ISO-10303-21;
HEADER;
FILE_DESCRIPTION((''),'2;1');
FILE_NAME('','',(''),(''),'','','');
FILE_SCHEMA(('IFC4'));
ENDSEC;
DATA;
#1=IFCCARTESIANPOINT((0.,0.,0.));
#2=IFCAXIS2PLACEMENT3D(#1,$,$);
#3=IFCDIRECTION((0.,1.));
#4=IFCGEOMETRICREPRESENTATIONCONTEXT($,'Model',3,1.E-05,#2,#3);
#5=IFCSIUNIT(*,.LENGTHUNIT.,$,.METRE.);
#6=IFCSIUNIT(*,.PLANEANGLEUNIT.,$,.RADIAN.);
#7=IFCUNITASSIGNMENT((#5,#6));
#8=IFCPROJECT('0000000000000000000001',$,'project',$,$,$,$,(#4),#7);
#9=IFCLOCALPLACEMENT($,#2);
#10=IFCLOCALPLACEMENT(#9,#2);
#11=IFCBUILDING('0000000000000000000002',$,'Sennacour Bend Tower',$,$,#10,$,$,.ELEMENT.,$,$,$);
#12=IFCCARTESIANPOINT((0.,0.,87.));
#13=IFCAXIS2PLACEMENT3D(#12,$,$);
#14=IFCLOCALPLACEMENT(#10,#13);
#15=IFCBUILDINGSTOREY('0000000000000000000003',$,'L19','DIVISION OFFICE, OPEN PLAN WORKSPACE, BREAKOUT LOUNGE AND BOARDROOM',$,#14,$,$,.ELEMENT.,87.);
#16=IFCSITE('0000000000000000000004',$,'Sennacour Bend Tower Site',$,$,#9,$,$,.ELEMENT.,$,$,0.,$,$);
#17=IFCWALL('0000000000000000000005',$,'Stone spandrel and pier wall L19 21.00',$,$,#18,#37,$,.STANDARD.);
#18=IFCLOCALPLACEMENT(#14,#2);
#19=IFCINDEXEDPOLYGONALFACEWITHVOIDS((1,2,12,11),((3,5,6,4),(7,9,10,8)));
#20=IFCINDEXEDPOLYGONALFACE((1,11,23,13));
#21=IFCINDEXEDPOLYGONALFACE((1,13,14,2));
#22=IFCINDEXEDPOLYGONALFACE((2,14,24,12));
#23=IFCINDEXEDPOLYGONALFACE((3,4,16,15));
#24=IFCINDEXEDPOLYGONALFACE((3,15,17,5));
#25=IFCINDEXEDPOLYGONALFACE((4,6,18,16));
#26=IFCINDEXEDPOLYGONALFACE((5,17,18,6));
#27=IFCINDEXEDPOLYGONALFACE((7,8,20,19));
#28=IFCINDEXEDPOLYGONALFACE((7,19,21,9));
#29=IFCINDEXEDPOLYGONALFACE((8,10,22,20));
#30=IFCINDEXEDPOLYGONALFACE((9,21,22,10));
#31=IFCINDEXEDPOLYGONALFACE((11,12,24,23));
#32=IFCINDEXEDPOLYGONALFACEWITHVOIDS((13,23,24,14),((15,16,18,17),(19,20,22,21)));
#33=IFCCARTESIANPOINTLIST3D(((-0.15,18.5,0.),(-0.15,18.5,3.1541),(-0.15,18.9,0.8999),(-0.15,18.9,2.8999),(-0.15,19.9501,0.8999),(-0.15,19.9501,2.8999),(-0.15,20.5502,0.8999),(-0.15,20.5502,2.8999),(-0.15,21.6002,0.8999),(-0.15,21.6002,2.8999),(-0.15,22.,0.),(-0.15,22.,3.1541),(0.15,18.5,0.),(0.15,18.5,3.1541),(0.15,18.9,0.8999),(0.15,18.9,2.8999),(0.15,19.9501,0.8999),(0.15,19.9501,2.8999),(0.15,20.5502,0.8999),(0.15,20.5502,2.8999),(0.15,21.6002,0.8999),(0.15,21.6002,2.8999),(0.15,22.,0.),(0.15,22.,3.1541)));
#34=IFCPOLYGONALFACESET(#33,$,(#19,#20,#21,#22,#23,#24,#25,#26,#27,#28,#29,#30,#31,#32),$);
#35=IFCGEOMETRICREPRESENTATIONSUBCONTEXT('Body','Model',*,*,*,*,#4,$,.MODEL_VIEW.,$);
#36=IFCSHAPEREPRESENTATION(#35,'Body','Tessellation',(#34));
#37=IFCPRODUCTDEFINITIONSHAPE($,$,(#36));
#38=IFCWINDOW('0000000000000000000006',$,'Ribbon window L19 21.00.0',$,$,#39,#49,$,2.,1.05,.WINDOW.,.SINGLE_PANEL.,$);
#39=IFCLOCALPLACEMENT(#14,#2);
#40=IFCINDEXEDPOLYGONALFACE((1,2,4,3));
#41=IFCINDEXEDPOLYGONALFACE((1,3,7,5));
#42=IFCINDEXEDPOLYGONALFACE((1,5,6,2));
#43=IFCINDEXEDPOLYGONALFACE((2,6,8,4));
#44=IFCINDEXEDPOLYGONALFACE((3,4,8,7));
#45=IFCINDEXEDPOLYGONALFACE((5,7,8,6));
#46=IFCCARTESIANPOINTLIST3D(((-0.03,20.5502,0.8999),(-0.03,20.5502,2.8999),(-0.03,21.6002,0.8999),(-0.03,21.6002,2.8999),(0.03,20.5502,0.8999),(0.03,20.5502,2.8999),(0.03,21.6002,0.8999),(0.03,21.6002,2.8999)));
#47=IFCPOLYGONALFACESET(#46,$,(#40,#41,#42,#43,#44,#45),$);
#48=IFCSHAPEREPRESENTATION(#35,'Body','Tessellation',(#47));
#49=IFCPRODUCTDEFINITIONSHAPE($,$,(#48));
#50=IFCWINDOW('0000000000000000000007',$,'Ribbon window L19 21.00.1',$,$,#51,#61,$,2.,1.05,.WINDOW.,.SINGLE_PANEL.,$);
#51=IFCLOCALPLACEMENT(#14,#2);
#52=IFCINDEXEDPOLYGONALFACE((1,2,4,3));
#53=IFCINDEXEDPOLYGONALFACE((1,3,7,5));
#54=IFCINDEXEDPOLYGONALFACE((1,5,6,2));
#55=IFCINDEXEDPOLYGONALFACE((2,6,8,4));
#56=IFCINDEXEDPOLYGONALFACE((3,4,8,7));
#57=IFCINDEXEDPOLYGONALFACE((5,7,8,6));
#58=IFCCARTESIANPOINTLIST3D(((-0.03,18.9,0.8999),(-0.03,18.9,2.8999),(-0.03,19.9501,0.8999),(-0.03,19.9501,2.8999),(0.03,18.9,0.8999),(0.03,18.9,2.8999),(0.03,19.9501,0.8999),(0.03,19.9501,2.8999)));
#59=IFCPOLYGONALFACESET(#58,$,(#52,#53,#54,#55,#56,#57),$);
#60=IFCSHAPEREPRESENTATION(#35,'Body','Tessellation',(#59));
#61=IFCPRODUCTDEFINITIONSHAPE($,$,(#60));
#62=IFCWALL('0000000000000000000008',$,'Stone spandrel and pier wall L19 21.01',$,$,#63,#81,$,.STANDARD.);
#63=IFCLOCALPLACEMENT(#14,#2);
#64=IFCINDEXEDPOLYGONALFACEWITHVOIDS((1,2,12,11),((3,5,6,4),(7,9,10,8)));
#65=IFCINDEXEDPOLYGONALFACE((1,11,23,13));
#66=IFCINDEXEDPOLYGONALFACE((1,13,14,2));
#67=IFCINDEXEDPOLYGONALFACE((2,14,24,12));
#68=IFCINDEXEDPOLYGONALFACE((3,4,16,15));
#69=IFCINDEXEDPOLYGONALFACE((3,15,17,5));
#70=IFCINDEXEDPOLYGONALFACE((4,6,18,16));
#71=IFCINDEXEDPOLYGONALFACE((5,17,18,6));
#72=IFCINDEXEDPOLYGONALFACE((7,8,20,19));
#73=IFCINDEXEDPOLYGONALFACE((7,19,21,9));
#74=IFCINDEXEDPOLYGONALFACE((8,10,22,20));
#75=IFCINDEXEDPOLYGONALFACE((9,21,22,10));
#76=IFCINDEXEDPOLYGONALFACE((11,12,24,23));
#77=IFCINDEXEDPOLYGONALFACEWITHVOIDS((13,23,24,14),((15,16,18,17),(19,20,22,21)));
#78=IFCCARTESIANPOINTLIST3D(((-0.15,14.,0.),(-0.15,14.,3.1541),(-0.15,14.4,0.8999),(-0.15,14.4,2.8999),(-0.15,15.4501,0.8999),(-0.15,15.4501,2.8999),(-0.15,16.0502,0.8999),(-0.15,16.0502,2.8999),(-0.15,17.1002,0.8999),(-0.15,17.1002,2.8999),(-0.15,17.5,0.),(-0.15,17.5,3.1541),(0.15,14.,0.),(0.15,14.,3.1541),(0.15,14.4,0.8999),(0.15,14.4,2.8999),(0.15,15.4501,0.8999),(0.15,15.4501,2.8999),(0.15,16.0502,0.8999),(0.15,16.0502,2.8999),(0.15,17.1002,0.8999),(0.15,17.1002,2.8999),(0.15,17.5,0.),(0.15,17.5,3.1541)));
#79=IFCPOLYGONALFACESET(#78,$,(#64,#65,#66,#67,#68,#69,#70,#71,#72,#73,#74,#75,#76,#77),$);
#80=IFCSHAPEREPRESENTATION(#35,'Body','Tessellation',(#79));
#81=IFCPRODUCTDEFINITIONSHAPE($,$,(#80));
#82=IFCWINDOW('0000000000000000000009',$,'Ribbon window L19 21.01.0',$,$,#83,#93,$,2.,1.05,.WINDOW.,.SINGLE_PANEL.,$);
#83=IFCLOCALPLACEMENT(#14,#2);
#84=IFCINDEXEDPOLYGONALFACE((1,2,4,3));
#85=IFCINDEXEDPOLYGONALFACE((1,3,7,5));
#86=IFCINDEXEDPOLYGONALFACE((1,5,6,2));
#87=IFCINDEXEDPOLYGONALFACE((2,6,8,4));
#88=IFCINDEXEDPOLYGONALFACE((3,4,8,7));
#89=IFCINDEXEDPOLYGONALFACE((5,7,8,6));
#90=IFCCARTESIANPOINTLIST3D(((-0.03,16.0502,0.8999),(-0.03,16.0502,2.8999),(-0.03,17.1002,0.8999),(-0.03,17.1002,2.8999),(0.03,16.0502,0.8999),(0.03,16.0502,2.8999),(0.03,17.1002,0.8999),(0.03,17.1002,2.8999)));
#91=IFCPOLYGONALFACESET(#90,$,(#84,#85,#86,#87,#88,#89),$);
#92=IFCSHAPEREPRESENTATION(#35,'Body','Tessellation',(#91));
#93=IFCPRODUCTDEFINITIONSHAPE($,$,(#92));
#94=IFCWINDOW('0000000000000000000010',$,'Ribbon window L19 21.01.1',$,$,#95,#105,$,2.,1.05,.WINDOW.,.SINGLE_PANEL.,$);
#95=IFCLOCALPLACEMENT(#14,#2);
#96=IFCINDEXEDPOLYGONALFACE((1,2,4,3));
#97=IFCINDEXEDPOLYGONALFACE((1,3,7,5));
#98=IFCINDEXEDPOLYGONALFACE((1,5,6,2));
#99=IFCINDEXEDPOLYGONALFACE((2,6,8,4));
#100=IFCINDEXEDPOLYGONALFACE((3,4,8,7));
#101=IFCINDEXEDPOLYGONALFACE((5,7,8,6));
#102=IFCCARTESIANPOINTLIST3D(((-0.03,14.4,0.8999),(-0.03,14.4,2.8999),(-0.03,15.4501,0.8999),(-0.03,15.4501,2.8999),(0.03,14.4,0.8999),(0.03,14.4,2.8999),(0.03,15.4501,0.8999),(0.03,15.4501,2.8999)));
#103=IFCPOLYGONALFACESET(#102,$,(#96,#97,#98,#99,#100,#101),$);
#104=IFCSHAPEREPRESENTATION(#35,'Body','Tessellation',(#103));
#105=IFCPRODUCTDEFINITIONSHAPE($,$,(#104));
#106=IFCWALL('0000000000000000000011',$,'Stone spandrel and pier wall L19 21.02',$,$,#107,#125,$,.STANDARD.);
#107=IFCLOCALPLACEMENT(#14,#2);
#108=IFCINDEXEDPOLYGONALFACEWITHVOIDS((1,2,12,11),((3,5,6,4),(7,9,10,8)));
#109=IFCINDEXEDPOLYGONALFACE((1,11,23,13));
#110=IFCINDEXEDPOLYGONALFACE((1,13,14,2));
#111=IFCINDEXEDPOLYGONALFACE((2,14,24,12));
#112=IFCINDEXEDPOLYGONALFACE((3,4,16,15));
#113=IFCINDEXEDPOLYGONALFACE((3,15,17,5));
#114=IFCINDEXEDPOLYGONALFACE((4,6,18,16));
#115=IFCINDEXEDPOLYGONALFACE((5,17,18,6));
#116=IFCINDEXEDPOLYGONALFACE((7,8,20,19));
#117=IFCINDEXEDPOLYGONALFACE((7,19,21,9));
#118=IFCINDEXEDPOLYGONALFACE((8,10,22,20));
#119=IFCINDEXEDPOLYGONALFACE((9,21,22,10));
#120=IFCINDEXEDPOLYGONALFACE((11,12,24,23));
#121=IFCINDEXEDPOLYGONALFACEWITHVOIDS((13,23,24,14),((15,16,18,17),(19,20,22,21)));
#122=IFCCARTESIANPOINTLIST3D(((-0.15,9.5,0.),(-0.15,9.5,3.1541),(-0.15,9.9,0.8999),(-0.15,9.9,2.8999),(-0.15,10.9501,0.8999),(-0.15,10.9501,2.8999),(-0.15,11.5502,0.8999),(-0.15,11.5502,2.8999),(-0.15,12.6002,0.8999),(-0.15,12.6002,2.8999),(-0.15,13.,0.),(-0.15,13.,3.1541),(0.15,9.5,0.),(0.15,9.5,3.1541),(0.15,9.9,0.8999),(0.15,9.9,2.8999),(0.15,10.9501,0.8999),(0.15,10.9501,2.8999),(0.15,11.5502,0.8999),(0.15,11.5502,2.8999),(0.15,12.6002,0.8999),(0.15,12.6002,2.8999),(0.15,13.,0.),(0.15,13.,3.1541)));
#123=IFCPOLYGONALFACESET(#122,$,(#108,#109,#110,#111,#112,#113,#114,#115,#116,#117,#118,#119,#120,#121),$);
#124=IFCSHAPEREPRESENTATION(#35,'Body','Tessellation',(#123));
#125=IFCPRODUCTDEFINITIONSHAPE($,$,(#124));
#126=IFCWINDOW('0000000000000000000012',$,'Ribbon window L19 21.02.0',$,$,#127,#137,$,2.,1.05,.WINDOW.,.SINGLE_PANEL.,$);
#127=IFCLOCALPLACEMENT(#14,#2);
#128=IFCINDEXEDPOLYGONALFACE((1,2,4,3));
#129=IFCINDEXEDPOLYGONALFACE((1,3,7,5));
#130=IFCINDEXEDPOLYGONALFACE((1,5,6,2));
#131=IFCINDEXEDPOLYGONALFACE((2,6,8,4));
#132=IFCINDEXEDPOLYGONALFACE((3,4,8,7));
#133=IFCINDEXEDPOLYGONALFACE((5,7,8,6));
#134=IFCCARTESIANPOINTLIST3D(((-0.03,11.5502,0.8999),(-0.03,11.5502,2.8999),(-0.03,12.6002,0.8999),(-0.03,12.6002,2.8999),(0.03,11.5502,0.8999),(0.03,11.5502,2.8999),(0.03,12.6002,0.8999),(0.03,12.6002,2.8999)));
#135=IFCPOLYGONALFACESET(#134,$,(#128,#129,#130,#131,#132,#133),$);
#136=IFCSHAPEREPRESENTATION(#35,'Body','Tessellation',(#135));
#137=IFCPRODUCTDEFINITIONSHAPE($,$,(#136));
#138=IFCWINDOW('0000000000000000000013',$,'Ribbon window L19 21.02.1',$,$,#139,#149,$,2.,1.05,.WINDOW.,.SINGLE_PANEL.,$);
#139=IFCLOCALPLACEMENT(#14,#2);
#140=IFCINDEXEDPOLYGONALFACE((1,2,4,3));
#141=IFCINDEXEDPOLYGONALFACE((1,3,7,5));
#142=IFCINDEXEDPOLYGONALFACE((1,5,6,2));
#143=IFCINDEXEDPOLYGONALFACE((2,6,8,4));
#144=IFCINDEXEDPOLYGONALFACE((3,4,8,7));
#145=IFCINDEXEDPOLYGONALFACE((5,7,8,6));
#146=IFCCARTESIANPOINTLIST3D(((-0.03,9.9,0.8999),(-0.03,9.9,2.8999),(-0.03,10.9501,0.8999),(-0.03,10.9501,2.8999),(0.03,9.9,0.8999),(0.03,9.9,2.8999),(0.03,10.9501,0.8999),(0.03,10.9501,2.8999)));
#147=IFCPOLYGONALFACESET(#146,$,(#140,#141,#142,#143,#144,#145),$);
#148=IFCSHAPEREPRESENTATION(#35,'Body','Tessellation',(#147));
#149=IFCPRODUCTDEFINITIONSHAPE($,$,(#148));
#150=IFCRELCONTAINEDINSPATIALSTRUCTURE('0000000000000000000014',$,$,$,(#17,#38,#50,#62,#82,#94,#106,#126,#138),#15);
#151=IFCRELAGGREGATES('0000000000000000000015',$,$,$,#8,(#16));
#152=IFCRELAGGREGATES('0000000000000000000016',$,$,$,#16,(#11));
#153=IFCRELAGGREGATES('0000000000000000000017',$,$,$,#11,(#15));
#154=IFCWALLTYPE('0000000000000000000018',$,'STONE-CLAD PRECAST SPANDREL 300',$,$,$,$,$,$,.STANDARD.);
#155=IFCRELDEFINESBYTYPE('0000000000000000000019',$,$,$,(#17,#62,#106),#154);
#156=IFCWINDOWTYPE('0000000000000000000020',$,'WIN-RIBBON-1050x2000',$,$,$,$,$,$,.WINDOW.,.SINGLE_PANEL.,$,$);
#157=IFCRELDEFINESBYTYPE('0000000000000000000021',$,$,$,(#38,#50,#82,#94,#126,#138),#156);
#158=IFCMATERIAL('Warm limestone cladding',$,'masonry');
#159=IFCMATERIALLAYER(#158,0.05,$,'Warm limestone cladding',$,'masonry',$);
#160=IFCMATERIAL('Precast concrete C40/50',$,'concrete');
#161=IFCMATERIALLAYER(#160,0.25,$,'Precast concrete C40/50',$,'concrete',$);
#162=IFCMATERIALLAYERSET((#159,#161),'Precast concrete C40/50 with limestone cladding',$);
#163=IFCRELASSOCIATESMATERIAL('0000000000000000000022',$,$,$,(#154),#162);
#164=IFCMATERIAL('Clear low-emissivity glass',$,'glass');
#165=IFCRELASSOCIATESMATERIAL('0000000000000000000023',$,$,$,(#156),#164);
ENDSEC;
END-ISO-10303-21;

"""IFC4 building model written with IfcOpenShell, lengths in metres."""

from ifc_helpers import new_model, si_unit, direction, frame, frame_2d, origin, place, context, subcontext, project, spatial, rectangle, extrude, material, layer, layer_set, type_object, element, fill, save


model = new_model("IFC4")

# Units and contexts
model_context = context("Model", 3, precision=1e-05, world=origin(), true_north=direction((0.0, 1.0)))
body_context = subcontext(model_context, "Body", "Model", "MODEL_VIEW")
ifc_project = project(units=[si_unit("LENGTHUNIT", "METRE"), si_unit("PLANEANGLEUNIT", "RADIAN")], contexts=[model_context])

# Site, building, storey
site_placement = place(None, origin())
site = spatial("IfcSite", under=ifc_project, at=site_placement, Name="Sennacour Bend Tower Site", CompositionType="ELEMENT", RefElevation=0.0)
building_placement = place(site_placement, origin())
building = spatial("IfcBuilding", under=site, at=building_placement, Name="Sennacour Bend Tower", CompositionType="ELEMENT")
storey_placement = place(building_placement, frame((0.0, 0.0, 87.0)))
storey = spatial("IfcBuildingStorey", under=building, at=storey_placement, Name="L19", Description="DIVISION OFFICE, OPEN PLAN WORKSPACE, BREAKOUT LOUNGE AND BOARDROOM", CompositionType="ELEMENT", Elevation=87.0)

# Walls, openings, windows
ifc_material_1 = material(Name="Warm limestone cladding", Category="masonry")
ifc_layer_1 = layer(ifc_material_1, 0.05, Name="Warm limestone cladding", Category="masonry")
ifc_material_2 = material(Name="Precast concrete C40/50", Category="concrete")
ifc_layer_2 = layer(ifc_material_2, 0.25, Name="Precast concrete C40/50", Category="concrete")
ifc_layer_set = layer_set([ifc_layer_1, ifc_layer_2], Name="Precast concrete C40/50 with limestone cladding")
wall_type = type_object("IfcWallType", Name="STONE-CLAD PRECAST SPANDREL 300", PredefinedType="STANDARD", material=ifc_layer_set)
wall_1_placement = place(storey_placement, frame((0.0, 22.0, 0.0), z_axis=(0.0, 0.0, 1.0), x_axis=(0.0, -1.0, 0.0)))
wall_1 = element("IfcWall", 1, at=wall_1_placement, inside=storey, type_object=wall_type, Name="Stone spandrel and pier wall L19 21.00", PredefinedType="STANDARD", context=body_context, shape_type="SweptSolid", body=[
    extrude(rectangle(XDim=3.5, YDim=0.3, at=frame_2d((1.75, 0.0))), origin(), (0.0, 0.0, 1.0), 3.1541),
])
opening_1_placement = place(wall_1_placement, frame((0.3999, 0.0, 0.8999)))
opening_1 = element("IfcOpeningElement", 2, at=opening_1_placement, cuts=wall_1, PredefinedType="OPENING", context=body_context, shape_type="SweptSolid", body=[
    extrude(rectangle(XDim=1.05, YDim=2.0, at=frame_2d((0.5249, 1.0))), frame((0.0, 0.1602, 0.0), z_axis=(0.0, -1.0, 0.0), x_axis=(1.0, 0.0, 0.0)), (0.0, 0.0, 1.0), 0.3201),
])
opening_2_placement = place(wall_1_placement, frame((2.05, 0.0, 0.8999)))
opening_2 = element("IfcOpeningElement", 3, at=opening_2_placement, cuts=wall_1, PredefinedType="OPENING", context=body_context, shape_type="SweptSolid", body=[
    extrude(rectangle(XDim=1.05, YDim=2.0, at=frame_2d((0.5249, 1.0))), frame((0.0, 0.1602, 0.0), z_axis=(0.0, -1.0, 0.0), x_axis=(1.0, 0.0, 0.0)), (0.0, 0.0, 1.0), 0.3201),
])
ifc_material_3 = material(Name="Clear low-emissivity glass", Category="glass")
window_type = type_object("IfcWindowType", Name="WIN-RIBBON-1050x2000", PartitioningType="SINGLE_PANEL", PredefinedType="WINDOW", material=ifc_material_3)
window_1_placement = place(opening_1_placement, origin())
window_1 = element("IfcWindow", 4, at=window_1_placement, inside=storey, type_object=window_type, Name="Ribbon window L19 21.00.0", OverallHeight=2.0, OverallWidth=1.05, PartitioningType="SINGLE_PANEL", PredefinedType="WINDOW", context=body_context, shape_type="SweptSolid", body=[
    extrude(rectangle(XDim=1.05, YDim=2.0, at=frame_2d((0.5249, 1.0))), frame((0.0, 0.03, 0.0), z_axis=(0.0, -1.0, 0.0), x_axis=(1.0, 0.0, 0.0)), (0.0, 0.0, 1.0), 0.0601),
])
fill(opening_1, window_1)
window_2_placement = place(opening_2_placement, origin())
window_2 = element("IfcWindow", 5, at=window_2_placement, inside=storey, type_object=window_type, Name="Ribbon window L19 21.00.1", OverallHeight=2.0, OverallWidth=1.05, PartitioningType="SINGLE_PANEL", PredefinedType="WINDOW", context=body_context, shape_type="SweptSolid", body=[
    extrude(rectangle(XDim=1.05, YDim=2.0, at=frame_2d((0.5249, 1.0))), frame((0.0, 0.03, 0.0), z_axis=(0.0, -1.0, 0.0), x_axis=(1.0, 0.0, 0.0)), (0.0, 0.0, 1.0), 0.0601),
])
fill(opening_2, window_2)
wall_2_placement = place(storey_placement, frame((0.0, 17.5, 0.0), z_axis=(0.0, 0.0, 1.0), x_axis=(0.0, -1.0, 0.0)))
wall_2 = element("IfcWall", 6, at=wall_2_placement, inside=storey, type_object=wall_type, Name="Stone spandrel and pier wall L19 21.01", PredefinedType="STANDARD", context=body_context, shape_type="SweptSolid", body=[
    extrude(rectangle(XDim=3.5, YDim=0.3, at=frame_2d((1.75, 0.0))), origin(), (0.0, 0.0, 1.0), 3.1541),
])
opening_3_placement = place(wall_2_placement, frame((0.3999, 0.0, 0.8999)))
opening_3 = element("IfcOpeningElement", 7, at=opening_3_placement, cuts=wall_2, PredefinedType="OPENING", context=body_context, shape_type="SweptSolid", body=[
    extrude(rectangle(XDim=1.05, YDim=2.0, at=frame_2d((0.5249, 1.0))), frame((0.0, 0.1602, 0.0), z_axis=(0.0, -1.0, 0.0), x_axis=(1.0, 0.0, 0.0)), (0.0, 0.0, 1.0), 0.3201),
])
opening_4_placement = place(wall_2_placement, frame((2.05, 0.0, 0.8999)))
opening_4 = element("IfcOpeningElement", 8, at=opening_4_placement, cuts=wall_2, PredefinedType="OPENING", context=body_context, shape_type="SweptSolid", body=[
    extrude(rectangle(XDim=1.05, YDim=2.0, at=frame_2d((0.5249, 1.0))), frame((0.0, 0.1602, 0.0), z_axis=(0.0, -1.0, 0.0), x_axis=(1.0, 0.0, 0.0)), (0.0, 0.0, 1.0), 0.3201),
])
window_3_placement = place(opening_3_placement, origin())
window_3 = element("IfcWindow", 9, at=window_3_placement, inside=storey, type_object=window_type, Name="Ribbon window L19 21.01.0", OverallHeight=2.0, OverallWidth=1.05, PartitioningType="SINGLE_PANEL", PredefinedType="WINDOW", context=body_context, shape_type="SweptSolid", body=[
    extrude(rectangle(XDim=1.05, YDim=2.0, at=frame_2d((0.5249, 1.0))), frame((0.0, 0.03, 0.0), z_axis=(0.0, -1.0, 0.0), x_axis=(1.0, 0.0, 0.0)), (0.0, 0.0, 1.0), 0.0601),
])
fill(opening_3, window_3)
window_4_placement = place(opening_4_placement, origin())
window_4 = element("IfcWindow", 10, at=window_4_placement, inside=storey, type_object=window_type, Name="Ribbon window L19 21.01.1", OverallHeight=2.0, OverallWidth=1.05, PartitioningType="SINGLE_PANEL", PredefinedType="WINDOW", context=body_context, shape_type="SweptSolid", body=[
    extrude(rectangle(XDim=1.05, YDim=2.0, at=frame_2d((0.5249, 1.0))), frame((0.0, 0.03, 0.0), z_axis=(0.0, -1.0, 0.0), x_axis=(1.0, 0.0, 0.0)), (0.0, 0.0, 1.0), 0.0601),
])
fill(opening_4, window_4)
wall_3_placement = place(storey_placement, frame((0.0, 13.0, 0.0), z_axis=(0.0, 0.0, 1.0), x_axis=(0.0, -1.0, 0.0)))
wall_3 = element("IfcWall", 11, at=wall_3_placement, inside=storey, type_object=wall_type, Name="Stone spandrel and pier wall L19 21.02", PredefinedType="STANDARD", context=body_context, shape_type="SweptSolid", body=[
    extrude(rectangle(XDim=3.5, YDim=0.3, at=frame_2d((1.75, 0.0))), origin(), (0.0, 0.0, 1.0), 3.1541),
])
opening_5_placement = place(wall_3_placement, frame((0.3999, 0.0, 0.8999)))
opening_5 = element("IfcOpeningElement", 12, at=opening_5_placement, cuts=wall_3, PredefinedType="OPENING", context=body_context, shape_type="SweptSolid", body=[
    extrude(rectangle(XDim=1.05, YDim=2.0, at=frame_2d((0.5249, 1.0))), frame((0.0, 0.1602, 0.0), z_axis=(0.0, -1.0, 0.0), x_axis=(1.0, 0.0, 0.0)), (0.0, 0.0, 1.0), 0.3201),
])
opening_6_placement = place(wall_3_placement, frame((2.05, 0.0, 0.8999)))
opening_6 = element("IfcOpeningElement", 13, at=opening_6_placement, cuts=wall_3, PredefinedType="OPENING", context=body_context, shape_type="SweptSolid", body=[
    extrude(rectangle(XDim=1.05, YDim=2.0, at=frame_2d((0.5249, 1.0))), frame((0.0, 0.1602, 0.0), z_axis=(0.0, -1.0, 0.0), x_axis=(1.0, 0.0, 0.0)), (0.0, 0.0, 1.0), 0.3201),
])
window_5_placement = place(opening_5_placement, origin())
window_5 = element("IfcWindow", 14, at=window_5_placement, inside=storey, type_object=window_type, Name="Ribbon window L19 21.02.0", OverallHeight=2.0, OverallWidth=1.05, PartitioningType="SINGLE_PANEL", PredefinedType="WINDOW", context=body_context, shape_type="SweptSolid", body=[
    extrude(rectangle(XDim=1.05, YDim=2.0, at=frame_2d((0.5249, 1.0))), frame((0.0, 0.03, 0.0), z_axis=(0.0, -1.0, 0.0), x_axis=(1.0, 0.0, 0.0)), (0.0, 0.0, 1.0), 0.0601),
])
fill(opening_5, window_5)
window_6_placement = place(opening_6_placement, origin())
window_6 = element("IfcWindow", 15, at=window_6_placement, inside=storey, type_object=window_type, Name="Ribbon window L19 21.02.1", OverallHeight=2.0, OverallWidth=1.05, PartitioningType="SINGLE_PANEL", PredefinedType="WINDOW", context=body_context, shape_type="SweptSolid", body=[
    extrude(rectangle(XDim=1.05, YDim=2.0, at=frame_2d((0.5249, 1.0))), frame((0.0, 0.03, 0.0), z_axis=(0.0, -1.0, 0.0), x_axis=(1.0, 0.0, 0.0)), (0.0, 0.0, 1.0), 0.0601),
])
fill(opening_6, window_6)

save(model, "model.ifc")
